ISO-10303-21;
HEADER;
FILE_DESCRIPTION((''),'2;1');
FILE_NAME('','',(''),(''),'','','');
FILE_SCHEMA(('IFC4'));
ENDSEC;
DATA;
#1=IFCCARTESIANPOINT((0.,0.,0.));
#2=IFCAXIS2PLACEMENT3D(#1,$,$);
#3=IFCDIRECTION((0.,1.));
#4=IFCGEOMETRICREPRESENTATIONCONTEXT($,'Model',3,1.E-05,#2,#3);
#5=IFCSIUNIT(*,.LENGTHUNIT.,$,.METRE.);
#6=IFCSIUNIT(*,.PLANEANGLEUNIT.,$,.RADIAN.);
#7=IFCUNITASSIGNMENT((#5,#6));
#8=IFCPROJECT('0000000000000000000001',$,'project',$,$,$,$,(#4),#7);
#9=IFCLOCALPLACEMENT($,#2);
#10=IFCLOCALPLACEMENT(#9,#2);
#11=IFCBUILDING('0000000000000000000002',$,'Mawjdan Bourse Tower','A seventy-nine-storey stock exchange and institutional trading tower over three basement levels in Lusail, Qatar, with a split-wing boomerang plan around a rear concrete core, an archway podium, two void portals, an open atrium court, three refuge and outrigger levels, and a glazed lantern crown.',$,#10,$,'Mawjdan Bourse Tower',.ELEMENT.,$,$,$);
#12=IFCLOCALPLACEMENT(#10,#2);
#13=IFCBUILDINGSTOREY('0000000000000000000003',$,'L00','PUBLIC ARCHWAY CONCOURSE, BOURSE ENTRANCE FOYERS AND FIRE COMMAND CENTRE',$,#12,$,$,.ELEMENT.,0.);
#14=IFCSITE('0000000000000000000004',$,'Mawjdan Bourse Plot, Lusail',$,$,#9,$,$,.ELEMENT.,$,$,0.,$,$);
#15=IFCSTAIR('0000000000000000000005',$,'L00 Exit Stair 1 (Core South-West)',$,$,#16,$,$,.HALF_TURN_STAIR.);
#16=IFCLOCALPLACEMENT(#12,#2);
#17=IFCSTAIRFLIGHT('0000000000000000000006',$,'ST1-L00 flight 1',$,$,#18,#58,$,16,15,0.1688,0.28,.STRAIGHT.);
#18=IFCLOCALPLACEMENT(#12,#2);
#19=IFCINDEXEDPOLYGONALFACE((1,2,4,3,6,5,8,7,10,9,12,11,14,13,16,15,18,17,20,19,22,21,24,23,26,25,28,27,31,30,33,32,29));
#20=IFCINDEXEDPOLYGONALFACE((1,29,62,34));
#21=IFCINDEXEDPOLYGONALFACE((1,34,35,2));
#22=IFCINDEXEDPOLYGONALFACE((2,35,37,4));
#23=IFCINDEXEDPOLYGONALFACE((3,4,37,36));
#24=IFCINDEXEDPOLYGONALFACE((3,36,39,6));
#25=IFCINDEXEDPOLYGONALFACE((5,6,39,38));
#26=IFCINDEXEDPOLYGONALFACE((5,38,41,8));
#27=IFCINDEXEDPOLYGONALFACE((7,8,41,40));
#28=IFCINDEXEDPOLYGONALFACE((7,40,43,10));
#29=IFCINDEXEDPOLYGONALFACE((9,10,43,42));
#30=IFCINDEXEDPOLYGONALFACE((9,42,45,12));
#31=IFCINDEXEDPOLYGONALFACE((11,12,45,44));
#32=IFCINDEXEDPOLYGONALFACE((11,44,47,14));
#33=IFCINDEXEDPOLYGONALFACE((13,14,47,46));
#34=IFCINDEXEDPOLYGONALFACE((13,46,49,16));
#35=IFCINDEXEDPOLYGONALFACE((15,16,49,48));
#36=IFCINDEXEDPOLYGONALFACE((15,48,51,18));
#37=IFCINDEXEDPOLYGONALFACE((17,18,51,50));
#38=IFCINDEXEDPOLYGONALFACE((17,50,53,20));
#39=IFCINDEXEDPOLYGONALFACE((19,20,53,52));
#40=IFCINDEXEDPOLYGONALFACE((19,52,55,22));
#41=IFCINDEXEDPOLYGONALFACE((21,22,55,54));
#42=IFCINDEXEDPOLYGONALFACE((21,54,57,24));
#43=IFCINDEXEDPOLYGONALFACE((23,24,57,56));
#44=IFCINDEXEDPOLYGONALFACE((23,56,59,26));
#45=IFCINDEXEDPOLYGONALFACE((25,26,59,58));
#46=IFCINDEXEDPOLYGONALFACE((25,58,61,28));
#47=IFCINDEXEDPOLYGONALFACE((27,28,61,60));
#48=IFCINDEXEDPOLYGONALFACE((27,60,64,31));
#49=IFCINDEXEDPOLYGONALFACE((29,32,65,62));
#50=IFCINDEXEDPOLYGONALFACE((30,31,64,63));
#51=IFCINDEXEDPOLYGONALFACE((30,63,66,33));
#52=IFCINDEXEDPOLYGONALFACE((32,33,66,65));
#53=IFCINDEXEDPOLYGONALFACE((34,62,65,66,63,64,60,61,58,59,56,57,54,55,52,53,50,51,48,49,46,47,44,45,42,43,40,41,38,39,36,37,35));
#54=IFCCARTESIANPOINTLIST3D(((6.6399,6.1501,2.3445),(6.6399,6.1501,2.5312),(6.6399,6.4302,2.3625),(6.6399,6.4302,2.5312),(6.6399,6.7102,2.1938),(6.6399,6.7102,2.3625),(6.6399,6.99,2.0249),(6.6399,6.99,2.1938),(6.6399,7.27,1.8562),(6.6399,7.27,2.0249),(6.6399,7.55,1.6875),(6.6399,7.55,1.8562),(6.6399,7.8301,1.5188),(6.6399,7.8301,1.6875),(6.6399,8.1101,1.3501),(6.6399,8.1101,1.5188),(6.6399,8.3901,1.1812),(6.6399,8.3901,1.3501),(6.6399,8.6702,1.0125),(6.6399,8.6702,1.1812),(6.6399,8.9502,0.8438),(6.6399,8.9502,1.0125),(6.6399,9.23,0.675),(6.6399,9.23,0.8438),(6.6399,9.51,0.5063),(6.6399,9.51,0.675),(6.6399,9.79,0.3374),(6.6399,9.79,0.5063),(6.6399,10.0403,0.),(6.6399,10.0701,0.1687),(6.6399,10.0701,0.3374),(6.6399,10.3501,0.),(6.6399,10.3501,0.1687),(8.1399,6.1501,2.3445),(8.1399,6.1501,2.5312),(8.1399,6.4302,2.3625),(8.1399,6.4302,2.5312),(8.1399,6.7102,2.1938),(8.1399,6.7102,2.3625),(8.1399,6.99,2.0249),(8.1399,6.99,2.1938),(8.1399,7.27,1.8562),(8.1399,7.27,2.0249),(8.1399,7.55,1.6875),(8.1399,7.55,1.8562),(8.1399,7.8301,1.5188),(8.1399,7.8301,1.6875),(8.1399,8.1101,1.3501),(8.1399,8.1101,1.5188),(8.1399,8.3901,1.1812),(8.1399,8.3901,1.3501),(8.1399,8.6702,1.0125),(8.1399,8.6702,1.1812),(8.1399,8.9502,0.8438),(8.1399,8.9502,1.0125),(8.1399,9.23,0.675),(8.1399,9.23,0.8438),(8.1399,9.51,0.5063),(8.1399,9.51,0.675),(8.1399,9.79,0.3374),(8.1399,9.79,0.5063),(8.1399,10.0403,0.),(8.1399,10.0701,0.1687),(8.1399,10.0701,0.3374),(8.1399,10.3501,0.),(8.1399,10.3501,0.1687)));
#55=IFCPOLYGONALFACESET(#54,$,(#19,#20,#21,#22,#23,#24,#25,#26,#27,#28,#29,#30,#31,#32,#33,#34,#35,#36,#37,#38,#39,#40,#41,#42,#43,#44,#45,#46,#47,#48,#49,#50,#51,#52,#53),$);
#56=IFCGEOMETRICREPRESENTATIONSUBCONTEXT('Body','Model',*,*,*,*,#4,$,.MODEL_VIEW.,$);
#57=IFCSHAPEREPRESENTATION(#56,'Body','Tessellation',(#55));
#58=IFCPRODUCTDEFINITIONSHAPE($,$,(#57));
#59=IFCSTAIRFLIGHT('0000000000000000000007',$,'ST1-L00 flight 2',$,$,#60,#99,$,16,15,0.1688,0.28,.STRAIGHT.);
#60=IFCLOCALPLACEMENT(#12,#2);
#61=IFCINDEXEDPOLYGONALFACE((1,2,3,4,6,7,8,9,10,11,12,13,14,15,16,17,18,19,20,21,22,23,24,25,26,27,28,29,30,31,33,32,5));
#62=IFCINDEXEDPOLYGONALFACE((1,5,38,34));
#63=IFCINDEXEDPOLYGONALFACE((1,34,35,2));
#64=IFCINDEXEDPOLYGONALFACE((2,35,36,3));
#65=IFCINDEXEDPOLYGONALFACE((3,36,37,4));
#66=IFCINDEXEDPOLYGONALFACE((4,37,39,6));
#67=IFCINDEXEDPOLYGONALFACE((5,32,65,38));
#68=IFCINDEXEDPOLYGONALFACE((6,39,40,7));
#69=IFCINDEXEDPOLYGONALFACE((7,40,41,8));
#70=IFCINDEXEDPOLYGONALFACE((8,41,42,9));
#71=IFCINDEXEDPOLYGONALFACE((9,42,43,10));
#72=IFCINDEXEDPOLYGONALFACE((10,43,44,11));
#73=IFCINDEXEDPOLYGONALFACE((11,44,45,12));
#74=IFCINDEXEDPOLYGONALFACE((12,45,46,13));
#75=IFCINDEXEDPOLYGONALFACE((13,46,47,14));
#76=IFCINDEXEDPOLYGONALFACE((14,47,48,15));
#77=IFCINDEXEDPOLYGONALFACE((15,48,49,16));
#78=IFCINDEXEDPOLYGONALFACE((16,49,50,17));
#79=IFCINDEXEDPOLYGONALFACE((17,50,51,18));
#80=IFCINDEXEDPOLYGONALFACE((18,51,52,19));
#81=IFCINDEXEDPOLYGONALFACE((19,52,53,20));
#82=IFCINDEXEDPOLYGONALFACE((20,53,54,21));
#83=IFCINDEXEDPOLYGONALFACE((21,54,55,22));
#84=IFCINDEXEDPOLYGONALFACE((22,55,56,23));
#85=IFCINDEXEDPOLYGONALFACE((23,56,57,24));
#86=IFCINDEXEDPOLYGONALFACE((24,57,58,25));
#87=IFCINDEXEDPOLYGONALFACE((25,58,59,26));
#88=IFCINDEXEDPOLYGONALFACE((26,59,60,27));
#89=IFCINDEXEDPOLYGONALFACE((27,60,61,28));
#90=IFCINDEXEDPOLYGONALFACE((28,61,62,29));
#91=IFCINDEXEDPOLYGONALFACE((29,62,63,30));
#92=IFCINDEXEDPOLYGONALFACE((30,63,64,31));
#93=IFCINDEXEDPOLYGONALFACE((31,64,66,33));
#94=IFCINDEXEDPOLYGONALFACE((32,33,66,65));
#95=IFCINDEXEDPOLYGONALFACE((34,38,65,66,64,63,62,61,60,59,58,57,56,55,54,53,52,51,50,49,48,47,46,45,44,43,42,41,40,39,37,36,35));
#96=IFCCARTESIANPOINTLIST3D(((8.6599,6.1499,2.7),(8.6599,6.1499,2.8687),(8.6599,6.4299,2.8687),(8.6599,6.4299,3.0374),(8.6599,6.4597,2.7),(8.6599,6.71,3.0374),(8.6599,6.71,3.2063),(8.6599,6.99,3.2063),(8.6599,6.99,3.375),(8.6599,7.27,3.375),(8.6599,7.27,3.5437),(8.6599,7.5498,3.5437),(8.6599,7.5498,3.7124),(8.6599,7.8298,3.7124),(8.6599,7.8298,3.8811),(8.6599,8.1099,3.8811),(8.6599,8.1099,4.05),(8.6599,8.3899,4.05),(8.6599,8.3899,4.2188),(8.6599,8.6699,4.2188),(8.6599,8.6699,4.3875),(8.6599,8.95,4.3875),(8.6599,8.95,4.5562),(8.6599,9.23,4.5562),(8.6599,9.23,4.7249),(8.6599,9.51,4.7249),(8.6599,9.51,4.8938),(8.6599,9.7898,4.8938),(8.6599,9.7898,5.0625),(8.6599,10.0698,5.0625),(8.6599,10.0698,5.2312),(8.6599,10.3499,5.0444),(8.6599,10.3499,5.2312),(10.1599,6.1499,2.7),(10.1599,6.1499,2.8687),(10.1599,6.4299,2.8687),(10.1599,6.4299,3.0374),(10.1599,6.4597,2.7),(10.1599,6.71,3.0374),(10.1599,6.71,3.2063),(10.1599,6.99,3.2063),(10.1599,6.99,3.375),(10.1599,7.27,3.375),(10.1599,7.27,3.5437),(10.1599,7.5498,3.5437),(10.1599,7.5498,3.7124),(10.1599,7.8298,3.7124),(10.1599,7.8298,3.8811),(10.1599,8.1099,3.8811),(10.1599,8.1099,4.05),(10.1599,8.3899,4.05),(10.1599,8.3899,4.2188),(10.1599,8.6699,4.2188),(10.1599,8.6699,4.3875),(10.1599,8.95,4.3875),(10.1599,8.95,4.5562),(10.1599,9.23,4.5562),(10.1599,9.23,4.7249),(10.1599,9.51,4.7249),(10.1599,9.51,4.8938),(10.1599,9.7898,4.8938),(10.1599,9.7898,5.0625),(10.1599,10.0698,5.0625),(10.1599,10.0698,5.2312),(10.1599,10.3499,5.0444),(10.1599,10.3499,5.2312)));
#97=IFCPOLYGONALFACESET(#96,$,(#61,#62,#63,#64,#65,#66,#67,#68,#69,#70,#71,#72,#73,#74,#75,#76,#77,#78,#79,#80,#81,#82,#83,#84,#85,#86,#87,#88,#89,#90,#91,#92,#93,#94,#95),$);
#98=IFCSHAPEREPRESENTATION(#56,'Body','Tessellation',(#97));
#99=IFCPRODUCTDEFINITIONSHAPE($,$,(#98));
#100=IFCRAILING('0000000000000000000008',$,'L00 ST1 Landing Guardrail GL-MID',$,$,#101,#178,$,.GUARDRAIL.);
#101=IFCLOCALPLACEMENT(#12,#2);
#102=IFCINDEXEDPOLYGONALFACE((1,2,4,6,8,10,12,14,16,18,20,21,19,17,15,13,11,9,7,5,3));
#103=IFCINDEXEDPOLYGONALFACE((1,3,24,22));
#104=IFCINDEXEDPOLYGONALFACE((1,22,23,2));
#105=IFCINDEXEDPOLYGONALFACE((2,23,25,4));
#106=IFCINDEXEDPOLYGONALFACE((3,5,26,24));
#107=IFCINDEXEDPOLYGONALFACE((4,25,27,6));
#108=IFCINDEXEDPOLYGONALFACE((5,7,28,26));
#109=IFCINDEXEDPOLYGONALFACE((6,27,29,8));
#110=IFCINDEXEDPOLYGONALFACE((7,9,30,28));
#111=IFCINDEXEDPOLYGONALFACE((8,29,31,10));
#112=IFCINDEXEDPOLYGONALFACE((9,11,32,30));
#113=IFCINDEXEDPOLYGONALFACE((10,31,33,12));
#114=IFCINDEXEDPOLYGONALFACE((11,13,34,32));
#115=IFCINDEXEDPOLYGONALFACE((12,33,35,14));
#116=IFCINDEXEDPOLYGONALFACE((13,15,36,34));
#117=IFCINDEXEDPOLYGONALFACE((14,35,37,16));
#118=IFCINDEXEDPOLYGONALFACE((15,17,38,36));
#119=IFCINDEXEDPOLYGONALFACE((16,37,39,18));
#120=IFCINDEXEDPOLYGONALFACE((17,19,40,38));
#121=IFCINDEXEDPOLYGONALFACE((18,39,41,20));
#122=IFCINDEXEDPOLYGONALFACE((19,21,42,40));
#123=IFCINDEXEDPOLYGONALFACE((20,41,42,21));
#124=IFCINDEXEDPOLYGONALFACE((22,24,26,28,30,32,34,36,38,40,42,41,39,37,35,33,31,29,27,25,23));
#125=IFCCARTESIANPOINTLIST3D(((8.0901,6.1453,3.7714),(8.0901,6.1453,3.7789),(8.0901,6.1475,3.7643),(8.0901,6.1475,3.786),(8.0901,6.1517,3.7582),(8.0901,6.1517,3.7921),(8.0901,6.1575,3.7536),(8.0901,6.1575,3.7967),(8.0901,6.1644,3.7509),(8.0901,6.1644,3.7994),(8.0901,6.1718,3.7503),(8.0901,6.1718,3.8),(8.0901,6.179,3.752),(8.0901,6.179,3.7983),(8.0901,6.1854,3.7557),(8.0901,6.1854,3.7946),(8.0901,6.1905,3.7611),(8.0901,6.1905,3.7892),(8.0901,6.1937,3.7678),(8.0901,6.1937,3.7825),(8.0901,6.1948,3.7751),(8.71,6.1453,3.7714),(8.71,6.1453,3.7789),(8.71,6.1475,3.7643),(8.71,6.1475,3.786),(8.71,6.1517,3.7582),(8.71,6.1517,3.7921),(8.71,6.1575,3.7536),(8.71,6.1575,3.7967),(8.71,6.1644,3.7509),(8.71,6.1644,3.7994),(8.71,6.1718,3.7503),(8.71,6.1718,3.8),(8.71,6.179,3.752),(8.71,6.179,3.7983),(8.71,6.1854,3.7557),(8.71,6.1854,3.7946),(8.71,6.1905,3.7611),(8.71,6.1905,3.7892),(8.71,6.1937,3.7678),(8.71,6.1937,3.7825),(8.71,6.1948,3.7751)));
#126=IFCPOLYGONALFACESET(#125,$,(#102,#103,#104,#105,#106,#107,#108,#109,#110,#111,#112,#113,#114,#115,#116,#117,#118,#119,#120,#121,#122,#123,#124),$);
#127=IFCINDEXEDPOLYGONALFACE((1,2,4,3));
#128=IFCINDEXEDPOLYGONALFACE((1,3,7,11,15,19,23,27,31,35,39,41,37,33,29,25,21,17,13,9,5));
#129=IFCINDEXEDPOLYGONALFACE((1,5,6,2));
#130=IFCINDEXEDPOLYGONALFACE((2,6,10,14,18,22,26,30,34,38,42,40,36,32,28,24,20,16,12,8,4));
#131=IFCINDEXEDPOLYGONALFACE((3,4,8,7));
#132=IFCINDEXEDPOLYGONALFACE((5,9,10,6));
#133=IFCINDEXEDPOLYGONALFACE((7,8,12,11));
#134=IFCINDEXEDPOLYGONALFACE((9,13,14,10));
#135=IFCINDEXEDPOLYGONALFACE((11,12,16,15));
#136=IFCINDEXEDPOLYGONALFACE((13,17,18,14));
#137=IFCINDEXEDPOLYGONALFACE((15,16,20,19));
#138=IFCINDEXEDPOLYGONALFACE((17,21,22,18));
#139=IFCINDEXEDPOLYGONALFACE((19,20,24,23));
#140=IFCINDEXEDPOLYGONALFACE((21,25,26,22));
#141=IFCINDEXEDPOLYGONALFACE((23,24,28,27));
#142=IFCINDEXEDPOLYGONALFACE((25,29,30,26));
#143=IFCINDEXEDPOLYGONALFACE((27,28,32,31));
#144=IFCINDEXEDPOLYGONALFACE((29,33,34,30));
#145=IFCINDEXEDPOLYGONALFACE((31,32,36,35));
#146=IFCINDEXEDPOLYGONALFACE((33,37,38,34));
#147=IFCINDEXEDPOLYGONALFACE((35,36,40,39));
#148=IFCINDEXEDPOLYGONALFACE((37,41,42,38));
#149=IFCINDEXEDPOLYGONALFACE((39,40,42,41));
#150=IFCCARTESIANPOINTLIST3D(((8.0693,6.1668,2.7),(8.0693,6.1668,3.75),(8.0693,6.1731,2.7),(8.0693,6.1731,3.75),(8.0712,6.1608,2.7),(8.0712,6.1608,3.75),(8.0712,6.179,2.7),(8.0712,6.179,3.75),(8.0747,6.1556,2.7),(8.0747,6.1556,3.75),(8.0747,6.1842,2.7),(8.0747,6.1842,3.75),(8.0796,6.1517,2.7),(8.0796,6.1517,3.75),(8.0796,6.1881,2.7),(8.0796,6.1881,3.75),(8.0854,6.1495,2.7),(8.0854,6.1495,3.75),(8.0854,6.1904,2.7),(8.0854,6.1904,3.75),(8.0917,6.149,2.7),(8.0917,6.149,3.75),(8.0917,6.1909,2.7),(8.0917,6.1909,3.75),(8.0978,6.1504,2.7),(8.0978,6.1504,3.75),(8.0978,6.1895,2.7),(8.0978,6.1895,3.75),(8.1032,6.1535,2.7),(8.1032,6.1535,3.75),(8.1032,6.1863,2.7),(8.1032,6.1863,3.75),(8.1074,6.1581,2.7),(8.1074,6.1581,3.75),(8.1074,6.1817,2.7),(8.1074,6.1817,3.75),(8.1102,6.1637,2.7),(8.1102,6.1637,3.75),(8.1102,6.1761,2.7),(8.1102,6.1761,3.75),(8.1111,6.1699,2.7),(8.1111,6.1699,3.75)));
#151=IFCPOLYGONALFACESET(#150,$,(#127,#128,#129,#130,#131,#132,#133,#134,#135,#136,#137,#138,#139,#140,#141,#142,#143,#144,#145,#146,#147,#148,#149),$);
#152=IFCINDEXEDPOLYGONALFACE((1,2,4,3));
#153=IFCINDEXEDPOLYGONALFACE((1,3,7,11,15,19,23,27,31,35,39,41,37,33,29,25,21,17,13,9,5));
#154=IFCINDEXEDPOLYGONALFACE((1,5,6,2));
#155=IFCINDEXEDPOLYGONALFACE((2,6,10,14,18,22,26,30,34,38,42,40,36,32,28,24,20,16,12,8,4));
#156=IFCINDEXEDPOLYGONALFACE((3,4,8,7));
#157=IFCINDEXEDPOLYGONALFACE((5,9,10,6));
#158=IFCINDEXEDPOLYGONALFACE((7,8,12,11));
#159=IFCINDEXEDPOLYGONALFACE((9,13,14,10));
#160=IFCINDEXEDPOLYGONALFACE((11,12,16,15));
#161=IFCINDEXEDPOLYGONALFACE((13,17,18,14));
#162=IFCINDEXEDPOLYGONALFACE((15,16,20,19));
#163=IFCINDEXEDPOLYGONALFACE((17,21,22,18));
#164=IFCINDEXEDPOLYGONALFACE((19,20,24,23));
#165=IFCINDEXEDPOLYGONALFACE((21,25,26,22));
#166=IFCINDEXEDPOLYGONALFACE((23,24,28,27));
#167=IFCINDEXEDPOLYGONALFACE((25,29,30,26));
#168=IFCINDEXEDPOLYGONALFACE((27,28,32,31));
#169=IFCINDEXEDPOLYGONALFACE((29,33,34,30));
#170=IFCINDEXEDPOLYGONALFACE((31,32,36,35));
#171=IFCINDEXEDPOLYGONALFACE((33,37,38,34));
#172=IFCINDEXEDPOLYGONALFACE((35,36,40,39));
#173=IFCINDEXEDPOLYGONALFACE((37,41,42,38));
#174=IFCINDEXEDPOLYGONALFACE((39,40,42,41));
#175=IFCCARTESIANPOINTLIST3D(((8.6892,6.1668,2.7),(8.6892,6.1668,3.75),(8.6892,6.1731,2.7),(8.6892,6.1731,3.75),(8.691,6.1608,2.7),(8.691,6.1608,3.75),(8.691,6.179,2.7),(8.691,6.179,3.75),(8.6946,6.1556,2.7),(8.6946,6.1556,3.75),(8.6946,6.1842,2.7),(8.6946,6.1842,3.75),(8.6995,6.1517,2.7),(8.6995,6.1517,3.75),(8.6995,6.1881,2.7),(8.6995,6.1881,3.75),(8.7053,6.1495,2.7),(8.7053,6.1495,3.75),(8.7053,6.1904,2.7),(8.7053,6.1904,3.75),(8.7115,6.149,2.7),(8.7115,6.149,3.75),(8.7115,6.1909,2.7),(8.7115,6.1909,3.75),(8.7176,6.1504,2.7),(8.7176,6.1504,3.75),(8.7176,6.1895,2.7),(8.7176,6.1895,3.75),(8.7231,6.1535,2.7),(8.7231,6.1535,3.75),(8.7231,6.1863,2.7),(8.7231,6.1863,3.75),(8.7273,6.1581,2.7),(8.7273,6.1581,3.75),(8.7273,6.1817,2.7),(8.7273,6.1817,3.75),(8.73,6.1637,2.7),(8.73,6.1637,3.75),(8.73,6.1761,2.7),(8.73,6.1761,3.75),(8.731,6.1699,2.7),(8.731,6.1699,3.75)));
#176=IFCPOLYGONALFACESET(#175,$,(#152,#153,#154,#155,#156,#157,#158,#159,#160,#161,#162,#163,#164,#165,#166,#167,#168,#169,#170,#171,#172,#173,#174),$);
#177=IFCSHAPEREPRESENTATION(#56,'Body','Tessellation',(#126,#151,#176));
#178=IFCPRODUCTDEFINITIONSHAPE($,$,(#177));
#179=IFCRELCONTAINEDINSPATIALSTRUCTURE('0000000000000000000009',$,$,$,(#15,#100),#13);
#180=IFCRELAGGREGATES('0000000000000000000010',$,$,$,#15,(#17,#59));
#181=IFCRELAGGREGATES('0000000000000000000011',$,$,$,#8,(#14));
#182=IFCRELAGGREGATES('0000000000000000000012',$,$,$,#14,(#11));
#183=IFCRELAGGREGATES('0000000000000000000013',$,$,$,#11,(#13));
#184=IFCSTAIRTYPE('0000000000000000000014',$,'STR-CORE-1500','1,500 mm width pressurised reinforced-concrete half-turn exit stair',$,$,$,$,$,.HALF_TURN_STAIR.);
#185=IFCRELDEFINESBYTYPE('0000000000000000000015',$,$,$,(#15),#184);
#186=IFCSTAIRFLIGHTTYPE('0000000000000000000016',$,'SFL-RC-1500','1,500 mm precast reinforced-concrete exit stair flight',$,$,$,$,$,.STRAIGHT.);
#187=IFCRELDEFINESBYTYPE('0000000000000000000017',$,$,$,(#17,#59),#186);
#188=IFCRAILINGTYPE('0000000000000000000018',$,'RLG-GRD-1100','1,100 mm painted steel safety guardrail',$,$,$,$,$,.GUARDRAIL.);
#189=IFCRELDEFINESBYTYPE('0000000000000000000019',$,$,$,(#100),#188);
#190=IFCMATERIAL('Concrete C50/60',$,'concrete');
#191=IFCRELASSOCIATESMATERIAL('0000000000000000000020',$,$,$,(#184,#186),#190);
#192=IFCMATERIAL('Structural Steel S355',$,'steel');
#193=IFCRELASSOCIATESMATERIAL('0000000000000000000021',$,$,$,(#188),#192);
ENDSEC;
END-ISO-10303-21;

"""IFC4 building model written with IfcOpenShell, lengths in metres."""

from ifc_helpers import new_model, si_unit, direction, frame, origin, origin_2d, place, context, subcontext, project, spatial, polyline, circle, outline, extrude, material, type_object, element, aggregate, save


model = new_model("IFC4")

# Units and contexts
model_context = context("Model", 3, precision=1e-05, world=origin(), true_north=direction((0.0, 1.0)))
body_context = subcontext(model_context, "Body", "Model", "MODEL_VIEW")
ifc_project = project(units=[si_unit("LENGTHUNIT", "METRE"), si_unit("PLANEANGLEUNIT", "RADIAN")], contexts=[model_context])

# Site, building, storey
site_placement = place(None, origin())
site = spatial("IfcSite", under=ifc_project, at=site_placement, Name="Mawjdan Bourse Plot, Lusail", CompositionType="ELEMENT", RefElevation=0.0)
building_placement = place(site_placement, origin())
building = spatial("IfcBuilding", under=site, at=building_placement, Name="Mawjdan Bourse Tower", Description="A seventy-nine-storey stock exchange and institutional trading tower over three basement levels in Lusail, Qatar, with a split-wing boomerang plan around a rear concrete core, an archway podium, two void portals, an open atrium court, three refuge and outrigger levels, and a glazed lantern crown.", LongName="Mawjdan Bourse Tower", CompositionType="ELEMENT")
storey_placement = place(building_placement, origin())
storey = spatial("IfcBuildingStorey", under=building, at=storey_placement, Name="L00", Description="PUBLIC ARCHWAY CONCOURSE, BOURSE ENTRANCE FOYERS AND FIRE COMMAND CENTRE", CompositionType="ELEMENT", Elevation=0.0)

# Shared definitions
ifc_material_1 = material(Name="Structural Steel S355", Category="steel")

# Shared definitions
ifc_material_2 = material(Name="Concrete C50/60", Category="concrete")

# Stair, stair flights
stair_type = type_object("IfcStairType", Name="STR-CORE-1500", Description="1,500 mm width pressurised reinforced-concrete half-turn exit stair", PredefinedType="HALF_TURN_STAIR", material=ifc_material_2)
stair_placement = place(storey_placement, origin())
stair = element("IfcStair", 1, at=stair_placement, inside=storey, type_object=stair_type, Name="L00 Exit Stair 1 (Core South-West)", PredefinedType="HALF_TURN_STAIR")
stair_flight_type = type_object("IfcStairFlightType", Name="SFL-RC-1500", Description="1,500 mm precast reinforced-concrete exit stair flight", PredefinedType="STRAIGHT", material=ifc_material_2)
stair_flight_1_placement = place(storey_placement, frame((7.3899, 10.3501, 0.0), z_axis=(0.0, 0.0, 1.0), x_axis=(0.0, -1.0, 0.0)))
stair_flight_1 = element("IfcStairFlight", 2, at=stair_flight_1_placement, type_object=stair_flight_type, Name="ST1-L00 flight 1", NumberOfRisers=16, NumberOfTreads=15, PredefinedType="STRAIGHT", RiserHeight=0.1688, TreadLength=0.28, context=body_context, shape_type="SweptSolid", body=[
    extrude(outline(polyline([(0.0, 0.0), (0.0, 0.1687), (0.28, 0.1687), (0.28, 0.3374), (0.5601, 0.3374), (0.5601, 0.5063), (0.8401, 0.5063), (0.8401, 0.675), (1.1201, 0.675), (1.1201, 0.8438), (1.3999, 0.8438), (1.3999, 1.0125), (1.6799, 1.0125), (1.6799, 1.1812), (1.96, 1.1812), (1.96, 1.3501), (2.24, 1.3501), (2.24, 1.5188), (2.52, 1.5188), (2.52, 1.6875), (2.8, 1.6875), (2.8, 1.8562), (3.0801, 1.8562), (3.0801, 2.0249), (3.3601, 2.0249), (3.3601, 2.1938), (3.6399, 2.1938), (3.6399, 2.3625), (3.9199, 2.3625), (3.9199, 2.5312), (4.2, 2.5312), (4.2, 2.7), (4.2, 2.3445), (0.3098, 0.0), (0.0, 0.0)])), frame((0.0, 0.75, 0.0), z_axis=(0.0, -1.0, 0.0), x_axis=(1.0, 0.0, 0.0)), (0.0, 0.0, 1.0), 1.5),
])
stair_flight_2_placement = place(storey_placement, frame((9.4099, 6.1499, 2.7), z_axis=(0.0, 0.0, 1.0), x_axis=(0.0, 1.0, 0.0)))
stair_flight_2 = element("IfcStairFlight", 3, at=stair_flight_2_placement, type_object=stair_flight_type, Name="ST1-L00 flight 2", NumberOfRisers=16, NumberOfTreads=15, PredefinedType="STRAIGHT", RiserHeight=0.1688, TreadLength=0.28, context=body_context, shape_type="SweptSolid", body=[
    extrude(outline(polyline([(0.0, 0.0), (0.0, 0.1687), (0.28, 0.1687), (0.28, 0.3374), (0.5601, 0.3374), (0.5601, 0.5063), (0.8401, 0.5063), (0.8401, 0.675), (1.1201, 0.675), (1.1201, 0.8438), (1.3999, 0.8438), (1.3999, 1.0125), (1.6799, 1.0125), (1.6799, 1.1812), (1.96, 1.1812), (1.96, 1.3501), (2.24, 1.3501), (2.24, 1.5188), (2.52, 1.5188), (2.52, 1.6875), (2.8, 1.6875), (2.8, 1.8562), (3.0801, 1.8562), (3.0801, 2.0249), (3.3601, 2.0249), (3.3601, 2.1938), (3.6399, 2.1938), (3.6399, 2.3625), (3.9199, 2.3625), (3.9199, 2.5312), (4.2, 2.5312), (4.2, 2.7), (4.2, 2.3445), (0.3098, 0.0), (0.0, 0.0)])), frame((0.0, 0.75, 0.0), z_axis=(0.0, -1.0, 0.0), x_axis=(1.0, 0.0, 0.0)), (0.0, 0.0, 1.0), 1.5),
])
aggregate(stair, [stair_flight_1, stair_flight_2])

# Railing
railing_type_1 = type_object("IfcRailingType", Name="RLG-GRD-1100", Description="1,100 mm painted steel safety guardrail", PredefinedType="GUARDRAIL", material=ifc_material_1)
for number, where, name in (
    (4, (8.0901, 6.1699, 2.7), "L00 ST1 Landing Guardrail GL-MID"),
):
    element("IfcRailing", number, at=place(storey_placement, frame(where)), inside=storey, type_object=railing_type_1, Name=name, PredefinedType="GUARDRAIL", context=body_context, shape_type="SweptSolid", body=[
        extrude(circle(Radius=0.0249, at=origin_2d()), frame((0.0, 0.0, 1.0752), z_axis=(1.0, 0.0, 0.0), x_axis=(0.0, 1.0, 0.0)), (0.0, 0.0, 1.0), 0.6199),
        extrude(circle(Radius=0.021, at=origin_2d()), origin(), (0.0, 0.0, 1.0), 1.05),
        extrude(circle(Radius=0.021, at=origin_2d()), frame((0.6199, 0.0, 0.0)), (0.0, 0.0, 1.0), 1.05),
    ])

save(model, "model.ifc")
